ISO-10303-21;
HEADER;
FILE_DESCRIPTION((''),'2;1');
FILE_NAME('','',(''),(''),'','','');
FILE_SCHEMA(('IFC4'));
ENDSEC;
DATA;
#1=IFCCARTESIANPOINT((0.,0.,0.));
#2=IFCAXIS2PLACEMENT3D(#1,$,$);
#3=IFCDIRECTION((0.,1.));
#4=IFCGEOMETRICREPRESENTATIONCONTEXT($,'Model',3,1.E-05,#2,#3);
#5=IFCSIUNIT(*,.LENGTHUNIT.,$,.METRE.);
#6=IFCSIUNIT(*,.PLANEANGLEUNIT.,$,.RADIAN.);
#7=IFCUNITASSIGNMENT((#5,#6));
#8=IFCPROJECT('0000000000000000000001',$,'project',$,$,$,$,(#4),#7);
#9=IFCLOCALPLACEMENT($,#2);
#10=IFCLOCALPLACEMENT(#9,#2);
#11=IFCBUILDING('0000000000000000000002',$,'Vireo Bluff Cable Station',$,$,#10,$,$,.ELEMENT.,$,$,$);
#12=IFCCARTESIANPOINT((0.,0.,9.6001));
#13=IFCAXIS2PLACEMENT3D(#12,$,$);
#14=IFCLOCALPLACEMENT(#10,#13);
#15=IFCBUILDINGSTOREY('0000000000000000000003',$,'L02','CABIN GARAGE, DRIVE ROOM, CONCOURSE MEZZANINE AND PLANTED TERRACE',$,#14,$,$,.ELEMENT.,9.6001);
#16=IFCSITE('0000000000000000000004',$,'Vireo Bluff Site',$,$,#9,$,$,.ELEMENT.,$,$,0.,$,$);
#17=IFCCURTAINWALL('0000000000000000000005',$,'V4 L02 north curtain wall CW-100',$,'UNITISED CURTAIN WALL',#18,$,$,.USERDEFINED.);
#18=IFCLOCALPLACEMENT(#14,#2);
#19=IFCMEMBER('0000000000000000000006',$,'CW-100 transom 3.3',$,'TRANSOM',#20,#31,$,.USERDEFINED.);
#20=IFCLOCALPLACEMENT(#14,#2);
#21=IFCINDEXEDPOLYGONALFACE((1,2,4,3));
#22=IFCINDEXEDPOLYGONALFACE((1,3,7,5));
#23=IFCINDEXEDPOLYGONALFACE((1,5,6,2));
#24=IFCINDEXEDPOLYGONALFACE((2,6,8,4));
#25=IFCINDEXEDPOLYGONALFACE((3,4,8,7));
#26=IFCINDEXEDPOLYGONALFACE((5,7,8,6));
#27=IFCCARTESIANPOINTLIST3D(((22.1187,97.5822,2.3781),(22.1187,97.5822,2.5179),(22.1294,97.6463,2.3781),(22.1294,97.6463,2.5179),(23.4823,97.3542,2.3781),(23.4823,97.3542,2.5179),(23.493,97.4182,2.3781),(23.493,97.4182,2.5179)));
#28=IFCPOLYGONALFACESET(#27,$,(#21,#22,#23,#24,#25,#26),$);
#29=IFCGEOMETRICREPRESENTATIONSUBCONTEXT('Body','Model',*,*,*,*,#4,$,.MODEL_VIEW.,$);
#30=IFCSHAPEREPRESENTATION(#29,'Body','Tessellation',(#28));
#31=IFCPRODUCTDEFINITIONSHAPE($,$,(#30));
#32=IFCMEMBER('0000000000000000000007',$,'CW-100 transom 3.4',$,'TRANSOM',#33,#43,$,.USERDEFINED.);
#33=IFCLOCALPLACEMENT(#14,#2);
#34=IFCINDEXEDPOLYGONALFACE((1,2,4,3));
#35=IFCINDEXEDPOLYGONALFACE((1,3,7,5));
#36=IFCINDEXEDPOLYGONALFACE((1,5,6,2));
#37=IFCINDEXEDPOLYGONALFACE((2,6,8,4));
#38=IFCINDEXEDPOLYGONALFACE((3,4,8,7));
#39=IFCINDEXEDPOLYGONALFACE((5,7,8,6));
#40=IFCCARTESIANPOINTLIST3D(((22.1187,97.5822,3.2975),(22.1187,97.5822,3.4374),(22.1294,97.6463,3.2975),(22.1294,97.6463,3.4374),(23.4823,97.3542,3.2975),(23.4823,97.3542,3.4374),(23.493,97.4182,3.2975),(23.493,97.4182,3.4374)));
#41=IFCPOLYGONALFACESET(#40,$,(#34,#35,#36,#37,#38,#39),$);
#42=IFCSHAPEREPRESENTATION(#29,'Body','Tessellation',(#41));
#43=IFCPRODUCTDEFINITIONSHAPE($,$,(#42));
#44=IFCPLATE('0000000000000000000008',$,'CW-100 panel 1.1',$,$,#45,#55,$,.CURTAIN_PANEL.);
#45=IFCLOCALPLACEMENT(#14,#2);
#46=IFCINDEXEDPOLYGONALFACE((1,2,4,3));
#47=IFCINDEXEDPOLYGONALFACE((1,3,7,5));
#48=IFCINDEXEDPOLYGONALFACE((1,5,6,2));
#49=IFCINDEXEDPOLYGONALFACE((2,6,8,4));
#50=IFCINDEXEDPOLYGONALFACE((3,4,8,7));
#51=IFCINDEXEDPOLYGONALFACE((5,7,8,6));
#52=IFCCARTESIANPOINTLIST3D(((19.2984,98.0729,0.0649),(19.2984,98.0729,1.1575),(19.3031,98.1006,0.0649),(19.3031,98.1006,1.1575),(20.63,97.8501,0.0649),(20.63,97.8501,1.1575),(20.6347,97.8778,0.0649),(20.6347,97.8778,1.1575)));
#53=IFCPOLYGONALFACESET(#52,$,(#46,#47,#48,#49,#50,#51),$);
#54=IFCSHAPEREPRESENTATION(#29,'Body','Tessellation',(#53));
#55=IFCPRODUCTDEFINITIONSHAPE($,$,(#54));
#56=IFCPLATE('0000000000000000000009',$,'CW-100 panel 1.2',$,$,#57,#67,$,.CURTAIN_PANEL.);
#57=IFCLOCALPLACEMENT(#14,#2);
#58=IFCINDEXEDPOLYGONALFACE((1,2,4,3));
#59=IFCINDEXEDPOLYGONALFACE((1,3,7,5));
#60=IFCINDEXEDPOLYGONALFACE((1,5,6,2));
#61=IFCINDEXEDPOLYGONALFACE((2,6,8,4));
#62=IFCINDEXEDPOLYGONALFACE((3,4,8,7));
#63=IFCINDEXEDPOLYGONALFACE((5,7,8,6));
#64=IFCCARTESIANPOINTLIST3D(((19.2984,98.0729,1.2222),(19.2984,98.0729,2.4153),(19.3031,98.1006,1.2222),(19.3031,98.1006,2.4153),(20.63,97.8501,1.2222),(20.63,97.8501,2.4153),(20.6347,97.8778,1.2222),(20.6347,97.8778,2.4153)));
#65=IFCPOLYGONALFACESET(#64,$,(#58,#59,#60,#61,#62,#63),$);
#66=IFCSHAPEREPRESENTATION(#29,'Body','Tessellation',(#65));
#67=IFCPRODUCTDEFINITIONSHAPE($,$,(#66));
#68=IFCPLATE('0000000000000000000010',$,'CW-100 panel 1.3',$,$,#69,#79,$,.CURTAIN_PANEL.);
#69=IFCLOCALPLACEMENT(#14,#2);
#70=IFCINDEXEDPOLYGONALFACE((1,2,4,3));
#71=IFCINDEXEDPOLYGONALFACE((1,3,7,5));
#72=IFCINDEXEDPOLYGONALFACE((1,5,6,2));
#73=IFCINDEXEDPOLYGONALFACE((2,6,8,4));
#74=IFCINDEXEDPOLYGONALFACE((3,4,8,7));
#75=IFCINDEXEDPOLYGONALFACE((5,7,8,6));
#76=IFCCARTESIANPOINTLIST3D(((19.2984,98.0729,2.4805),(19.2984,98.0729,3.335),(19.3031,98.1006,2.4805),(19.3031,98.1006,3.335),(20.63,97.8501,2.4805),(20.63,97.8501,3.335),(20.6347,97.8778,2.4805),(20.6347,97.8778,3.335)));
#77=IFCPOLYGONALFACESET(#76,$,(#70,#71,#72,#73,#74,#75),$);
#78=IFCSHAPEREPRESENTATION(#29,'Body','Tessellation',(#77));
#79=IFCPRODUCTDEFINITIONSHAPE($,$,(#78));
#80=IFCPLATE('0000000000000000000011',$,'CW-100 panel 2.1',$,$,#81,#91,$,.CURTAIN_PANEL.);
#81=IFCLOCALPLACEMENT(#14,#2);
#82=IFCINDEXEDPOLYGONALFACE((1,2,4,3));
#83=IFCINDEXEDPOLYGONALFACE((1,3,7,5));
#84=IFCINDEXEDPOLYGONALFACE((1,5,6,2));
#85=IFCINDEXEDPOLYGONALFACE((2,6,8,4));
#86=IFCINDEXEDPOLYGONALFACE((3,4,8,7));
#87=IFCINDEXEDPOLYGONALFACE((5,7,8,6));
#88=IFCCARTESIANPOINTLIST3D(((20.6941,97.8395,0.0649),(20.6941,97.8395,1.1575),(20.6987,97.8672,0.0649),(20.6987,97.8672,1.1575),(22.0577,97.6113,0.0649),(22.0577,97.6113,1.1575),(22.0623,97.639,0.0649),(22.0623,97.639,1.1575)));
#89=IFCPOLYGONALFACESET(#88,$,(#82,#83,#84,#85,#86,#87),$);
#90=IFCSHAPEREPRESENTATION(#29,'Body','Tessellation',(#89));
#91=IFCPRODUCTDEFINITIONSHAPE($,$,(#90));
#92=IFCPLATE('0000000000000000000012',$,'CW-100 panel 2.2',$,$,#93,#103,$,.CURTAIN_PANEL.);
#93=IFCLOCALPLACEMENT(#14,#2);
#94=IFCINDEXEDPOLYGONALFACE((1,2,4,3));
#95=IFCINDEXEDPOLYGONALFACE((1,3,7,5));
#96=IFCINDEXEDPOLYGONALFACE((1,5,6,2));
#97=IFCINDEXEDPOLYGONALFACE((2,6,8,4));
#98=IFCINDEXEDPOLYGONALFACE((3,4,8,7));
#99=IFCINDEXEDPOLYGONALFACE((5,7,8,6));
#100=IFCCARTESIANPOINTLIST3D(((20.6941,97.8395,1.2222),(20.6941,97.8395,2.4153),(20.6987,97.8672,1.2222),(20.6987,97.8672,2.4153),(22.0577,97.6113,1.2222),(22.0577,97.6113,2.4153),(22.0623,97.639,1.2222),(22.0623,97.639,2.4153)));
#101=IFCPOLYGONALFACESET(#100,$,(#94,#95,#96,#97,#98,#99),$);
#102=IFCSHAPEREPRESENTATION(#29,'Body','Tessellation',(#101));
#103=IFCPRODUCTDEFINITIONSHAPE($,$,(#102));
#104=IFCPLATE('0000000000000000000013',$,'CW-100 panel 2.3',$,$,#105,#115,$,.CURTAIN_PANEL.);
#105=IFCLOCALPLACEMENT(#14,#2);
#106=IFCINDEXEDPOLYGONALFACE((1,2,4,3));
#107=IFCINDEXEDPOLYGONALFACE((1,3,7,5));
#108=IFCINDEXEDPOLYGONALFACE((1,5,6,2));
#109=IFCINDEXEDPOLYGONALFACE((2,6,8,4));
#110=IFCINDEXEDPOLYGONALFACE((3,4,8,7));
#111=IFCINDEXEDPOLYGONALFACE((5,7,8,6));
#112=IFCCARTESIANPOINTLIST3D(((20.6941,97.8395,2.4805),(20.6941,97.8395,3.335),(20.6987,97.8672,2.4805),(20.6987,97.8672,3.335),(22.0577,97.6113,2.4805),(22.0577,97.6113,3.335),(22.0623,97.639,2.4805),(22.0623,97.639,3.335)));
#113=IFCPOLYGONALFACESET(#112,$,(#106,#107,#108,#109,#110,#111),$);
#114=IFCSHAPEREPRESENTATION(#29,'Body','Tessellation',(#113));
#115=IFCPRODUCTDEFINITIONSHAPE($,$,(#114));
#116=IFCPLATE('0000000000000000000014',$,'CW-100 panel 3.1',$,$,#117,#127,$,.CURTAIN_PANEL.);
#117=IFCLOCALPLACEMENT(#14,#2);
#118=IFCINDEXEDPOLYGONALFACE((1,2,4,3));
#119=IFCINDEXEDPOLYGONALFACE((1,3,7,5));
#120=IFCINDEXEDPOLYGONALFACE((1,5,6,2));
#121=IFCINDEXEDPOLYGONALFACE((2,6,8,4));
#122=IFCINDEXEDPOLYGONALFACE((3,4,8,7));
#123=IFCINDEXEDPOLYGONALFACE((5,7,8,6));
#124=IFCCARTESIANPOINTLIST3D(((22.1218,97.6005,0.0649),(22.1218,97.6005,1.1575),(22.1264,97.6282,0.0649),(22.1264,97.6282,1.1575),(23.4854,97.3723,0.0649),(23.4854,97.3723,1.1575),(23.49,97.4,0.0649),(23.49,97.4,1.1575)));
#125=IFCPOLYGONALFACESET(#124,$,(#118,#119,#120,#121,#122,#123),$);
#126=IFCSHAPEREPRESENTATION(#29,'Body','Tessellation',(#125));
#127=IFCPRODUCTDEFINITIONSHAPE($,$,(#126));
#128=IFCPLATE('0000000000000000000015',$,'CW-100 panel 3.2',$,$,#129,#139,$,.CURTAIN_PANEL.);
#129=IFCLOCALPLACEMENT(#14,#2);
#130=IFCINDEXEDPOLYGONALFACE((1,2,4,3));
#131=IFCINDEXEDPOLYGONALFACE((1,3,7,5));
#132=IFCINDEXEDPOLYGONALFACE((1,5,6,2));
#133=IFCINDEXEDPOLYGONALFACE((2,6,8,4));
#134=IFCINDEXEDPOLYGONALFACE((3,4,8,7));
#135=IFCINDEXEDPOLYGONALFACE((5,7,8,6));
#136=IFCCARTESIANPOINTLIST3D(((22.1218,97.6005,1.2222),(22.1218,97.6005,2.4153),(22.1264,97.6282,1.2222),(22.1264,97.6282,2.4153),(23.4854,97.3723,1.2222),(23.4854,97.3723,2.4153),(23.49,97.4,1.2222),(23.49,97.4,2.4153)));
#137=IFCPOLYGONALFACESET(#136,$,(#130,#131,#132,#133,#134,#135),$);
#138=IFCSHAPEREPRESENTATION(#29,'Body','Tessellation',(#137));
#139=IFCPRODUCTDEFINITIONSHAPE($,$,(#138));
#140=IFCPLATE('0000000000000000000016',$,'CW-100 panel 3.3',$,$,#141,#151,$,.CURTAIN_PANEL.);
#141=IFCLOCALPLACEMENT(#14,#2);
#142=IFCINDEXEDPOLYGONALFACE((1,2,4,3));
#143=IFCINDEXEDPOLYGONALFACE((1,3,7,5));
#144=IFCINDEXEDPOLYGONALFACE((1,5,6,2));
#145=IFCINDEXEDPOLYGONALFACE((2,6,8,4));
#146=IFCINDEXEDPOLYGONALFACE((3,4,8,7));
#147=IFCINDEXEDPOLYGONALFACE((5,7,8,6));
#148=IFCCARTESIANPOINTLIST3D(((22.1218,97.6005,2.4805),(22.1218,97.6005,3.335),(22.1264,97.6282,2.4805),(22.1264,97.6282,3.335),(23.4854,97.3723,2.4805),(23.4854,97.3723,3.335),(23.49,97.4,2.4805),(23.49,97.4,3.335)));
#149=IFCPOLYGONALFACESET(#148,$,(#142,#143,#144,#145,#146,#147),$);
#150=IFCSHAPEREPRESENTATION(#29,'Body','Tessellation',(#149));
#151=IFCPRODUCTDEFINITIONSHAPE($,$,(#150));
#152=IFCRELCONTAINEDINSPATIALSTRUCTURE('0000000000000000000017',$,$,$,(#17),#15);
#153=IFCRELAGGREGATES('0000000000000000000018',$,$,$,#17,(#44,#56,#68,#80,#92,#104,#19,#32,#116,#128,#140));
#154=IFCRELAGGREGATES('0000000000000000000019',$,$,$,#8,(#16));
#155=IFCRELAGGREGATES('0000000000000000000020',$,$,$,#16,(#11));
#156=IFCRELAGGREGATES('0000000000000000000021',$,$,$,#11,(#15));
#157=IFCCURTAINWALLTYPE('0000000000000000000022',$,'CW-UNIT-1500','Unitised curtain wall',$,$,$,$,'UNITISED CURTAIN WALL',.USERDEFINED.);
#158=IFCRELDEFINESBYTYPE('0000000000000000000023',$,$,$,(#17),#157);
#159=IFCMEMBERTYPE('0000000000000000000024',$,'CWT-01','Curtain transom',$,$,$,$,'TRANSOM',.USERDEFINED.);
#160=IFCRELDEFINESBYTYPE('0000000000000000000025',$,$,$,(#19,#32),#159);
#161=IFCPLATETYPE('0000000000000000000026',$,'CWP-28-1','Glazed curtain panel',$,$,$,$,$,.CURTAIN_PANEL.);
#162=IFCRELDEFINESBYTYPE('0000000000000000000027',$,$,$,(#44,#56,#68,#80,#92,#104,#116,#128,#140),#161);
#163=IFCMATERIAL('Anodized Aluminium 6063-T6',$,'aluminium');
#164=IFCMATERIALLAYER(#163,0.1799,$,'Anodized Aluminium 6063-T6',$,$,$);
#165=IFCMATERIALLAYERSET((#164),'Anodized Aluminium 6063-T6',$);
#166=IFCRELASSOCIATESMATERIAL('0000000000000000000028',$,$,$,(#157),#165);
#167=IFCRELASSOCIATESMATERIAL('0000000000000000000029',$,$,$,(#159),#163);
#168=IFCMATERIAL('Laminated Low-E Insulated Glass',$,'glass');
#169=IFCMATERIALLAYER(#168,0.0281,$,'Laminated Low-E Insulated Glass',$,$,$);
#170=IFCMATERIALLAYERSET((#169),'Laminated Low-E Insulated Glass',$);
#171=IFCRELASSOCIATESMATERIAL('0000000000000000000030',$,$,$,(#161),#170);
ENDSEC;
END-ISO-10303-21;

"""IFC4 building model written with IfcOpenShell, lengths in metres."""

from ifc_helpers import new_model, si_unit, direction, frame, origin, origin_2d, place, context, subcontext, project, spatial, rectangle, extrude, material, layer, layer_set, material_profile, profile_set, type_object, element, aggregate, save


model = new_model("IFC4")

# Units and contexts
model_context = context("Model", 3, precision=1e-05, world=origin(), true_north=direction((0.0, 1.0)))
body_context = subcontext(model_context, "Body", "Model", "MODEL_VIEW")
ifc_project = project(units=[si_unit("LENGTHUNIT", "METRE"), si_unit("PLANEANGLEUNIT", "RADIAN")], contexts=[model_context])

# Site, building, storey
site_placement = place(None, origin())
site = spatial("IfcSite", under=ifc_project, at=site_placement, Name="Vireo Bluff Site", CompositionType="ELEMENT", RefElevation=0.0)
building_placement = place(site_placement, origin())
building = spatial("IfcBuilding", under=site, at=building_placement, Name="Vireo Bluff Cable Station", CompositionType="ELEMENT")
storey_placement = place(building_placement, frame((0.0, 0.0, 9.6001)))
storey = spatial("IfcBuildingStorey", under=building, at=storey_placement, Name="L02", Description="CABIN GARAGE, DRIVE ROOM, CONCOURSE MEZZANINE AND PLANTED TERRACE", CompositionType="ELEMENT", Elevation=9.6001)

# Curtain wall, members, plates
ifc_material_1 = material(Name="Anodized Aluminium 6063-T6", Category="aluminium")
ifc_layer_1 = layer(ifc_material_1, 0.1799, Name="Anodized Aluminium 6063-T6")
ifc_layer_set_1 = layer_set([ifc_layer_1], Name="Anodized Aluminium 6063-T6")
curtain_wall_type = type_object("IfcCurtainWallType", Name="CW-UNIT-1500", Description="Unitised curtain wall", ElementType="UNITISED CURTAIN WALL", PredefinedType="USERDEFINED", material=ifc_layer_set_1)
curtain_wall_placement = place(storey_placement, origin())
curtain_wall = element("IfcCurtainWall", 1, at=curtain_wall_placement, inside=storey, type_object=curtain_wall_type, Name="V4 L02 north curtain wall CW-100", ObjectType="UNITISED CURTAIN WALL", PredefinedType="USERDEFINED")
ifc_material_profile_1 = material_profile(ifc_material_1, rectangle(XDim=0.0649, YDim=0.1399, at=origin_2d()), Name="ALU-T-65X140")
ifc_profile_set_1 = profile_set([ifc_material_profile_1], Name="Anodized Aluminium 6063-T6")
member_type_1 = type_object("IfcMemberType", Name="CWT-01", Description="Curtain transom", ElementType="TRANSOM", PredefinedType="USERDEFINED", material=ifc_profile_set_1)
member_1_placement = place(storey_placement, frame((22.124, 97.6143, 2.448), z_axis=(0.986303, -0.164943, 0.0), x_axis=(0.164943, 0.986303, 0.0)))
member_1 = element("IfcMember", 2, at=member_1_placement, type_object=member_type_1, Name="CW-100 transom 3.3", ObjectType="TRANSOM", PredefinedType="USERDEFINED", context=body_context, shape_type="SweptSolid", body=[
    extrude(rectangle(XDim=0.0649, YDim=0.1399, at=origin_2d()), origin(), (0.0, 0.0, 1.0), 1.3826),
])
member_2_placement = place(storey_placement, frame((22.124, 97.6143, 3.3674), z_axis=(0.986303, -0.164943, 0.0), x_axis=(0.164943, 0.986303, 0.0)))
member_2 = element("IfcMember", 3, at=member_2_placement, type_object=member_type_1, Name="CW-100 transom 3.4", ObjectType="TRANSOM", PredefinedType="USERDEFINED", context=body_context, shape_type="SweptSolid", body=[
    extrude(rectangle(XDim=0.0649, YDim=0.1399, at=origin_2d()), origin(), (0.0, 0.0, 1.0), 1.3826),
])
ifc_material_2 = material(Name="Laminated Low-E Insulated Glass", Category="glass")
ifc_layer_2 = layer(ifc_material_2, 0.0281, Name="Laminated Low-E Insulated Glass")
ifc_layer_set_2 = layer_set([ifc_layer_2], Name="Laminated Low-E Insulated Glass")
plate_type = type_object("IfcPlateType", Name="CWP-28-1", Description="Glazed curtain panel", PredefinedType="CURTAIN_PANEL", material=ifc_layer_set_2)
plate_1_placement = place(storey_placement, frame((19.9666, 97.9753, 0.0649), z_axis=(0.0, 0.0, 1.0), x_axis=(0.986286, -0.165048, 0.0)))
plate_1 = element("IfcPlate", 4, at=plate_1_placement, type_object=plate_type, Name="CW-100 panel 1.1", PredefinedType="CURTAIN_PANEL", context=body_context, shape_type="SweptSolid", body=[
    extrude(rectangle(XDim=1.3501, YDim=0.0281, at=origin_2d()), origin(), (0.0, 0.0, 1.0), 1.0925),
])
plate_2_placement = place(storey_placement, frame((19.9666, 97.9753, 1.2222), z_axis=(0.0, 0.0, 1.0), x_axis=(0.986286, -0.165048, 0.0)))
plate_2 = element("IfcPlate", 5, at=plate_2_placement, type_object=plate_type, Name="CW-100 panel 1.2", PredefinedType="CURTAIN_PANEL", context=body_context, shape_type="SweptSolid", body=[
    extrude(rectangle(XDim=1.3501, YDim=0.0281, at=origin_2d()), origin(), (0.0, 0.0, 1.0), 1.1931),
])
plate_3_placement = place(storey_placement, frame((19.9666, 97.9753, 2.4805), z_axis=(0.0, 0.0, 1.0), x_axis=(0.986286, -0.165048, 0.0)))
plate_3 = element("IfcPlate", 6, at=plate_3_placement, type_object=plate_type, Name="CW-100 panel 1.3", PredefinedType="CURTAIN_PANEL", context=body_context, shape_type="SweptSolid", body=[
    extrude(rectangle(XDim=1.3501, YDim=0.0281, at=origin_2d()), origin(), (0.0, 0.0, 1.0), 0.8545),
])
plate_4_placement = place(storey_placement, frame((21.3782, 97.7393, 0.0649), z_axis=(0.0, 0.0, 1.0), x_axis=(0.986286, -0.165048, 0.0)))
plate_4 = element("IfcPlate", 7, at=plate_4_placement, type_object=plate_type, Name="CW-100 panel 2.1", PredefinedType="CURTAIN_PANEL", context=body_context, shape_type="SweptSolid", body=[
    extrude(rectangle(XDim=1.3826, YDim=0.0281, at=origin_2d()), origin(), (0.0, 0.0, 1.0), 1.0925),
])
plate_5_placement = place(storey_placement, frame((21.3782, 97.7393, 1.2222), z_axis=(0.0, 0.0, 1.0), x_axis=(0.986286, -0.165048, 0.0)))
plate_5 = element("IfcPlate", 8, at=plate_5_placement, type_object=plate_type, Name="CW-100 panel 2.2", PredefinedType="CURTAIN_PANEL", context=body_context, shape_type="SweptSolid", body=[
    extrude(rectangle(XDim=1.3826, YDim=0.0281, at=origin_2d()), origin(), (0.0, 0.0, 1.0), 1.1931),
])
plate_6_placement = place(storey_placement, frame((21.3782, 97.7393, 2.4805), z_axis=(0.0, 0.0, 1.0), x_axis=(0.986286, -0.165048, 0.0)))
plate_6 = element("IfcPlate", 9, at=plate_6_placement, type_object=plate_type, Name="CW-100 panel 2.3", PredefinedType="CURTAIN_PANEL", context=body_context, shape_type="SweptSolid", body=[
    extrude(rectangle(XDim=1.3826, YDim=0.0281, at=origin_2d()), origin(), (0.0, 0.0, 1.0), 0.8545),
])
plate_7_placement = place(storey_placement, frame((22.8059, 97.5002, 0.0649), z_axis=(0.0, 0.0, 1.0), x_axis=(0.986286, -0.165048, 0.0)))
plate_7 = element("IfcPlate", 10, at=plate_7_placement, type_object=plate_type, Name="CW-100 panel 3.1", PredefinedType="CURTAIN_PANEL", context=body_context, shape_type="SweptSolid", body=[
    extrude(rectangle(XDim=1.3826, YDim=0.0281, at=origin_2d()), origin(), (0.0, 0.0, 1.0), 1.0925),
])
plate_8_placement = place(storey_placement, frame((22.8059, 97.5002, 1.2222), z_axis=(0.0, 0.0, 1.0), x_axis=(0.986286, -0.165048, 0.0)))
plate_8 = element("IfcPlate", 11, at=plate_8_placement, type_object=plate_type, Name="CW-100 panel 3.2", PredefinedType="CURTAIN_PANEL", context=body_context, shape_type="SweptSolid", body=[
    extrude(rectangle(XDim=1.3826, YDim=0.0281, at=origin_2d()), origin(), (0.0, 0.0, 1.0), 1.1931),
])
plate_9_placement = place(storey_placement, frame((22.8059, 97.5002, 2.4805), z_axis=(0.0, 0.0, 1.0), x_axis=(0.986286, -0.165048, 0.0)))
plate_9 = element("IfcPlate", 12, at=plate_9_placement, type_object=plate_type, Name="CW-100 panel 3.3", PredefinedType="CURTAIN_PANEL", context=body_context, shape_type="SweptSolid", body=[
    extrude(rectangle(XDim=1.3826, YDim=0.0281, at=origin_2d()), origin(), (0.0, 0.0, 1.0), 0.8545),
])
aggregate(curtain_wall, [plate_1, plate_2, plate_3, plate_4, plate_5, plate_6, member_1, member_2, plate_7, plate_8, plate_9])

save(model, "model.ifc")
